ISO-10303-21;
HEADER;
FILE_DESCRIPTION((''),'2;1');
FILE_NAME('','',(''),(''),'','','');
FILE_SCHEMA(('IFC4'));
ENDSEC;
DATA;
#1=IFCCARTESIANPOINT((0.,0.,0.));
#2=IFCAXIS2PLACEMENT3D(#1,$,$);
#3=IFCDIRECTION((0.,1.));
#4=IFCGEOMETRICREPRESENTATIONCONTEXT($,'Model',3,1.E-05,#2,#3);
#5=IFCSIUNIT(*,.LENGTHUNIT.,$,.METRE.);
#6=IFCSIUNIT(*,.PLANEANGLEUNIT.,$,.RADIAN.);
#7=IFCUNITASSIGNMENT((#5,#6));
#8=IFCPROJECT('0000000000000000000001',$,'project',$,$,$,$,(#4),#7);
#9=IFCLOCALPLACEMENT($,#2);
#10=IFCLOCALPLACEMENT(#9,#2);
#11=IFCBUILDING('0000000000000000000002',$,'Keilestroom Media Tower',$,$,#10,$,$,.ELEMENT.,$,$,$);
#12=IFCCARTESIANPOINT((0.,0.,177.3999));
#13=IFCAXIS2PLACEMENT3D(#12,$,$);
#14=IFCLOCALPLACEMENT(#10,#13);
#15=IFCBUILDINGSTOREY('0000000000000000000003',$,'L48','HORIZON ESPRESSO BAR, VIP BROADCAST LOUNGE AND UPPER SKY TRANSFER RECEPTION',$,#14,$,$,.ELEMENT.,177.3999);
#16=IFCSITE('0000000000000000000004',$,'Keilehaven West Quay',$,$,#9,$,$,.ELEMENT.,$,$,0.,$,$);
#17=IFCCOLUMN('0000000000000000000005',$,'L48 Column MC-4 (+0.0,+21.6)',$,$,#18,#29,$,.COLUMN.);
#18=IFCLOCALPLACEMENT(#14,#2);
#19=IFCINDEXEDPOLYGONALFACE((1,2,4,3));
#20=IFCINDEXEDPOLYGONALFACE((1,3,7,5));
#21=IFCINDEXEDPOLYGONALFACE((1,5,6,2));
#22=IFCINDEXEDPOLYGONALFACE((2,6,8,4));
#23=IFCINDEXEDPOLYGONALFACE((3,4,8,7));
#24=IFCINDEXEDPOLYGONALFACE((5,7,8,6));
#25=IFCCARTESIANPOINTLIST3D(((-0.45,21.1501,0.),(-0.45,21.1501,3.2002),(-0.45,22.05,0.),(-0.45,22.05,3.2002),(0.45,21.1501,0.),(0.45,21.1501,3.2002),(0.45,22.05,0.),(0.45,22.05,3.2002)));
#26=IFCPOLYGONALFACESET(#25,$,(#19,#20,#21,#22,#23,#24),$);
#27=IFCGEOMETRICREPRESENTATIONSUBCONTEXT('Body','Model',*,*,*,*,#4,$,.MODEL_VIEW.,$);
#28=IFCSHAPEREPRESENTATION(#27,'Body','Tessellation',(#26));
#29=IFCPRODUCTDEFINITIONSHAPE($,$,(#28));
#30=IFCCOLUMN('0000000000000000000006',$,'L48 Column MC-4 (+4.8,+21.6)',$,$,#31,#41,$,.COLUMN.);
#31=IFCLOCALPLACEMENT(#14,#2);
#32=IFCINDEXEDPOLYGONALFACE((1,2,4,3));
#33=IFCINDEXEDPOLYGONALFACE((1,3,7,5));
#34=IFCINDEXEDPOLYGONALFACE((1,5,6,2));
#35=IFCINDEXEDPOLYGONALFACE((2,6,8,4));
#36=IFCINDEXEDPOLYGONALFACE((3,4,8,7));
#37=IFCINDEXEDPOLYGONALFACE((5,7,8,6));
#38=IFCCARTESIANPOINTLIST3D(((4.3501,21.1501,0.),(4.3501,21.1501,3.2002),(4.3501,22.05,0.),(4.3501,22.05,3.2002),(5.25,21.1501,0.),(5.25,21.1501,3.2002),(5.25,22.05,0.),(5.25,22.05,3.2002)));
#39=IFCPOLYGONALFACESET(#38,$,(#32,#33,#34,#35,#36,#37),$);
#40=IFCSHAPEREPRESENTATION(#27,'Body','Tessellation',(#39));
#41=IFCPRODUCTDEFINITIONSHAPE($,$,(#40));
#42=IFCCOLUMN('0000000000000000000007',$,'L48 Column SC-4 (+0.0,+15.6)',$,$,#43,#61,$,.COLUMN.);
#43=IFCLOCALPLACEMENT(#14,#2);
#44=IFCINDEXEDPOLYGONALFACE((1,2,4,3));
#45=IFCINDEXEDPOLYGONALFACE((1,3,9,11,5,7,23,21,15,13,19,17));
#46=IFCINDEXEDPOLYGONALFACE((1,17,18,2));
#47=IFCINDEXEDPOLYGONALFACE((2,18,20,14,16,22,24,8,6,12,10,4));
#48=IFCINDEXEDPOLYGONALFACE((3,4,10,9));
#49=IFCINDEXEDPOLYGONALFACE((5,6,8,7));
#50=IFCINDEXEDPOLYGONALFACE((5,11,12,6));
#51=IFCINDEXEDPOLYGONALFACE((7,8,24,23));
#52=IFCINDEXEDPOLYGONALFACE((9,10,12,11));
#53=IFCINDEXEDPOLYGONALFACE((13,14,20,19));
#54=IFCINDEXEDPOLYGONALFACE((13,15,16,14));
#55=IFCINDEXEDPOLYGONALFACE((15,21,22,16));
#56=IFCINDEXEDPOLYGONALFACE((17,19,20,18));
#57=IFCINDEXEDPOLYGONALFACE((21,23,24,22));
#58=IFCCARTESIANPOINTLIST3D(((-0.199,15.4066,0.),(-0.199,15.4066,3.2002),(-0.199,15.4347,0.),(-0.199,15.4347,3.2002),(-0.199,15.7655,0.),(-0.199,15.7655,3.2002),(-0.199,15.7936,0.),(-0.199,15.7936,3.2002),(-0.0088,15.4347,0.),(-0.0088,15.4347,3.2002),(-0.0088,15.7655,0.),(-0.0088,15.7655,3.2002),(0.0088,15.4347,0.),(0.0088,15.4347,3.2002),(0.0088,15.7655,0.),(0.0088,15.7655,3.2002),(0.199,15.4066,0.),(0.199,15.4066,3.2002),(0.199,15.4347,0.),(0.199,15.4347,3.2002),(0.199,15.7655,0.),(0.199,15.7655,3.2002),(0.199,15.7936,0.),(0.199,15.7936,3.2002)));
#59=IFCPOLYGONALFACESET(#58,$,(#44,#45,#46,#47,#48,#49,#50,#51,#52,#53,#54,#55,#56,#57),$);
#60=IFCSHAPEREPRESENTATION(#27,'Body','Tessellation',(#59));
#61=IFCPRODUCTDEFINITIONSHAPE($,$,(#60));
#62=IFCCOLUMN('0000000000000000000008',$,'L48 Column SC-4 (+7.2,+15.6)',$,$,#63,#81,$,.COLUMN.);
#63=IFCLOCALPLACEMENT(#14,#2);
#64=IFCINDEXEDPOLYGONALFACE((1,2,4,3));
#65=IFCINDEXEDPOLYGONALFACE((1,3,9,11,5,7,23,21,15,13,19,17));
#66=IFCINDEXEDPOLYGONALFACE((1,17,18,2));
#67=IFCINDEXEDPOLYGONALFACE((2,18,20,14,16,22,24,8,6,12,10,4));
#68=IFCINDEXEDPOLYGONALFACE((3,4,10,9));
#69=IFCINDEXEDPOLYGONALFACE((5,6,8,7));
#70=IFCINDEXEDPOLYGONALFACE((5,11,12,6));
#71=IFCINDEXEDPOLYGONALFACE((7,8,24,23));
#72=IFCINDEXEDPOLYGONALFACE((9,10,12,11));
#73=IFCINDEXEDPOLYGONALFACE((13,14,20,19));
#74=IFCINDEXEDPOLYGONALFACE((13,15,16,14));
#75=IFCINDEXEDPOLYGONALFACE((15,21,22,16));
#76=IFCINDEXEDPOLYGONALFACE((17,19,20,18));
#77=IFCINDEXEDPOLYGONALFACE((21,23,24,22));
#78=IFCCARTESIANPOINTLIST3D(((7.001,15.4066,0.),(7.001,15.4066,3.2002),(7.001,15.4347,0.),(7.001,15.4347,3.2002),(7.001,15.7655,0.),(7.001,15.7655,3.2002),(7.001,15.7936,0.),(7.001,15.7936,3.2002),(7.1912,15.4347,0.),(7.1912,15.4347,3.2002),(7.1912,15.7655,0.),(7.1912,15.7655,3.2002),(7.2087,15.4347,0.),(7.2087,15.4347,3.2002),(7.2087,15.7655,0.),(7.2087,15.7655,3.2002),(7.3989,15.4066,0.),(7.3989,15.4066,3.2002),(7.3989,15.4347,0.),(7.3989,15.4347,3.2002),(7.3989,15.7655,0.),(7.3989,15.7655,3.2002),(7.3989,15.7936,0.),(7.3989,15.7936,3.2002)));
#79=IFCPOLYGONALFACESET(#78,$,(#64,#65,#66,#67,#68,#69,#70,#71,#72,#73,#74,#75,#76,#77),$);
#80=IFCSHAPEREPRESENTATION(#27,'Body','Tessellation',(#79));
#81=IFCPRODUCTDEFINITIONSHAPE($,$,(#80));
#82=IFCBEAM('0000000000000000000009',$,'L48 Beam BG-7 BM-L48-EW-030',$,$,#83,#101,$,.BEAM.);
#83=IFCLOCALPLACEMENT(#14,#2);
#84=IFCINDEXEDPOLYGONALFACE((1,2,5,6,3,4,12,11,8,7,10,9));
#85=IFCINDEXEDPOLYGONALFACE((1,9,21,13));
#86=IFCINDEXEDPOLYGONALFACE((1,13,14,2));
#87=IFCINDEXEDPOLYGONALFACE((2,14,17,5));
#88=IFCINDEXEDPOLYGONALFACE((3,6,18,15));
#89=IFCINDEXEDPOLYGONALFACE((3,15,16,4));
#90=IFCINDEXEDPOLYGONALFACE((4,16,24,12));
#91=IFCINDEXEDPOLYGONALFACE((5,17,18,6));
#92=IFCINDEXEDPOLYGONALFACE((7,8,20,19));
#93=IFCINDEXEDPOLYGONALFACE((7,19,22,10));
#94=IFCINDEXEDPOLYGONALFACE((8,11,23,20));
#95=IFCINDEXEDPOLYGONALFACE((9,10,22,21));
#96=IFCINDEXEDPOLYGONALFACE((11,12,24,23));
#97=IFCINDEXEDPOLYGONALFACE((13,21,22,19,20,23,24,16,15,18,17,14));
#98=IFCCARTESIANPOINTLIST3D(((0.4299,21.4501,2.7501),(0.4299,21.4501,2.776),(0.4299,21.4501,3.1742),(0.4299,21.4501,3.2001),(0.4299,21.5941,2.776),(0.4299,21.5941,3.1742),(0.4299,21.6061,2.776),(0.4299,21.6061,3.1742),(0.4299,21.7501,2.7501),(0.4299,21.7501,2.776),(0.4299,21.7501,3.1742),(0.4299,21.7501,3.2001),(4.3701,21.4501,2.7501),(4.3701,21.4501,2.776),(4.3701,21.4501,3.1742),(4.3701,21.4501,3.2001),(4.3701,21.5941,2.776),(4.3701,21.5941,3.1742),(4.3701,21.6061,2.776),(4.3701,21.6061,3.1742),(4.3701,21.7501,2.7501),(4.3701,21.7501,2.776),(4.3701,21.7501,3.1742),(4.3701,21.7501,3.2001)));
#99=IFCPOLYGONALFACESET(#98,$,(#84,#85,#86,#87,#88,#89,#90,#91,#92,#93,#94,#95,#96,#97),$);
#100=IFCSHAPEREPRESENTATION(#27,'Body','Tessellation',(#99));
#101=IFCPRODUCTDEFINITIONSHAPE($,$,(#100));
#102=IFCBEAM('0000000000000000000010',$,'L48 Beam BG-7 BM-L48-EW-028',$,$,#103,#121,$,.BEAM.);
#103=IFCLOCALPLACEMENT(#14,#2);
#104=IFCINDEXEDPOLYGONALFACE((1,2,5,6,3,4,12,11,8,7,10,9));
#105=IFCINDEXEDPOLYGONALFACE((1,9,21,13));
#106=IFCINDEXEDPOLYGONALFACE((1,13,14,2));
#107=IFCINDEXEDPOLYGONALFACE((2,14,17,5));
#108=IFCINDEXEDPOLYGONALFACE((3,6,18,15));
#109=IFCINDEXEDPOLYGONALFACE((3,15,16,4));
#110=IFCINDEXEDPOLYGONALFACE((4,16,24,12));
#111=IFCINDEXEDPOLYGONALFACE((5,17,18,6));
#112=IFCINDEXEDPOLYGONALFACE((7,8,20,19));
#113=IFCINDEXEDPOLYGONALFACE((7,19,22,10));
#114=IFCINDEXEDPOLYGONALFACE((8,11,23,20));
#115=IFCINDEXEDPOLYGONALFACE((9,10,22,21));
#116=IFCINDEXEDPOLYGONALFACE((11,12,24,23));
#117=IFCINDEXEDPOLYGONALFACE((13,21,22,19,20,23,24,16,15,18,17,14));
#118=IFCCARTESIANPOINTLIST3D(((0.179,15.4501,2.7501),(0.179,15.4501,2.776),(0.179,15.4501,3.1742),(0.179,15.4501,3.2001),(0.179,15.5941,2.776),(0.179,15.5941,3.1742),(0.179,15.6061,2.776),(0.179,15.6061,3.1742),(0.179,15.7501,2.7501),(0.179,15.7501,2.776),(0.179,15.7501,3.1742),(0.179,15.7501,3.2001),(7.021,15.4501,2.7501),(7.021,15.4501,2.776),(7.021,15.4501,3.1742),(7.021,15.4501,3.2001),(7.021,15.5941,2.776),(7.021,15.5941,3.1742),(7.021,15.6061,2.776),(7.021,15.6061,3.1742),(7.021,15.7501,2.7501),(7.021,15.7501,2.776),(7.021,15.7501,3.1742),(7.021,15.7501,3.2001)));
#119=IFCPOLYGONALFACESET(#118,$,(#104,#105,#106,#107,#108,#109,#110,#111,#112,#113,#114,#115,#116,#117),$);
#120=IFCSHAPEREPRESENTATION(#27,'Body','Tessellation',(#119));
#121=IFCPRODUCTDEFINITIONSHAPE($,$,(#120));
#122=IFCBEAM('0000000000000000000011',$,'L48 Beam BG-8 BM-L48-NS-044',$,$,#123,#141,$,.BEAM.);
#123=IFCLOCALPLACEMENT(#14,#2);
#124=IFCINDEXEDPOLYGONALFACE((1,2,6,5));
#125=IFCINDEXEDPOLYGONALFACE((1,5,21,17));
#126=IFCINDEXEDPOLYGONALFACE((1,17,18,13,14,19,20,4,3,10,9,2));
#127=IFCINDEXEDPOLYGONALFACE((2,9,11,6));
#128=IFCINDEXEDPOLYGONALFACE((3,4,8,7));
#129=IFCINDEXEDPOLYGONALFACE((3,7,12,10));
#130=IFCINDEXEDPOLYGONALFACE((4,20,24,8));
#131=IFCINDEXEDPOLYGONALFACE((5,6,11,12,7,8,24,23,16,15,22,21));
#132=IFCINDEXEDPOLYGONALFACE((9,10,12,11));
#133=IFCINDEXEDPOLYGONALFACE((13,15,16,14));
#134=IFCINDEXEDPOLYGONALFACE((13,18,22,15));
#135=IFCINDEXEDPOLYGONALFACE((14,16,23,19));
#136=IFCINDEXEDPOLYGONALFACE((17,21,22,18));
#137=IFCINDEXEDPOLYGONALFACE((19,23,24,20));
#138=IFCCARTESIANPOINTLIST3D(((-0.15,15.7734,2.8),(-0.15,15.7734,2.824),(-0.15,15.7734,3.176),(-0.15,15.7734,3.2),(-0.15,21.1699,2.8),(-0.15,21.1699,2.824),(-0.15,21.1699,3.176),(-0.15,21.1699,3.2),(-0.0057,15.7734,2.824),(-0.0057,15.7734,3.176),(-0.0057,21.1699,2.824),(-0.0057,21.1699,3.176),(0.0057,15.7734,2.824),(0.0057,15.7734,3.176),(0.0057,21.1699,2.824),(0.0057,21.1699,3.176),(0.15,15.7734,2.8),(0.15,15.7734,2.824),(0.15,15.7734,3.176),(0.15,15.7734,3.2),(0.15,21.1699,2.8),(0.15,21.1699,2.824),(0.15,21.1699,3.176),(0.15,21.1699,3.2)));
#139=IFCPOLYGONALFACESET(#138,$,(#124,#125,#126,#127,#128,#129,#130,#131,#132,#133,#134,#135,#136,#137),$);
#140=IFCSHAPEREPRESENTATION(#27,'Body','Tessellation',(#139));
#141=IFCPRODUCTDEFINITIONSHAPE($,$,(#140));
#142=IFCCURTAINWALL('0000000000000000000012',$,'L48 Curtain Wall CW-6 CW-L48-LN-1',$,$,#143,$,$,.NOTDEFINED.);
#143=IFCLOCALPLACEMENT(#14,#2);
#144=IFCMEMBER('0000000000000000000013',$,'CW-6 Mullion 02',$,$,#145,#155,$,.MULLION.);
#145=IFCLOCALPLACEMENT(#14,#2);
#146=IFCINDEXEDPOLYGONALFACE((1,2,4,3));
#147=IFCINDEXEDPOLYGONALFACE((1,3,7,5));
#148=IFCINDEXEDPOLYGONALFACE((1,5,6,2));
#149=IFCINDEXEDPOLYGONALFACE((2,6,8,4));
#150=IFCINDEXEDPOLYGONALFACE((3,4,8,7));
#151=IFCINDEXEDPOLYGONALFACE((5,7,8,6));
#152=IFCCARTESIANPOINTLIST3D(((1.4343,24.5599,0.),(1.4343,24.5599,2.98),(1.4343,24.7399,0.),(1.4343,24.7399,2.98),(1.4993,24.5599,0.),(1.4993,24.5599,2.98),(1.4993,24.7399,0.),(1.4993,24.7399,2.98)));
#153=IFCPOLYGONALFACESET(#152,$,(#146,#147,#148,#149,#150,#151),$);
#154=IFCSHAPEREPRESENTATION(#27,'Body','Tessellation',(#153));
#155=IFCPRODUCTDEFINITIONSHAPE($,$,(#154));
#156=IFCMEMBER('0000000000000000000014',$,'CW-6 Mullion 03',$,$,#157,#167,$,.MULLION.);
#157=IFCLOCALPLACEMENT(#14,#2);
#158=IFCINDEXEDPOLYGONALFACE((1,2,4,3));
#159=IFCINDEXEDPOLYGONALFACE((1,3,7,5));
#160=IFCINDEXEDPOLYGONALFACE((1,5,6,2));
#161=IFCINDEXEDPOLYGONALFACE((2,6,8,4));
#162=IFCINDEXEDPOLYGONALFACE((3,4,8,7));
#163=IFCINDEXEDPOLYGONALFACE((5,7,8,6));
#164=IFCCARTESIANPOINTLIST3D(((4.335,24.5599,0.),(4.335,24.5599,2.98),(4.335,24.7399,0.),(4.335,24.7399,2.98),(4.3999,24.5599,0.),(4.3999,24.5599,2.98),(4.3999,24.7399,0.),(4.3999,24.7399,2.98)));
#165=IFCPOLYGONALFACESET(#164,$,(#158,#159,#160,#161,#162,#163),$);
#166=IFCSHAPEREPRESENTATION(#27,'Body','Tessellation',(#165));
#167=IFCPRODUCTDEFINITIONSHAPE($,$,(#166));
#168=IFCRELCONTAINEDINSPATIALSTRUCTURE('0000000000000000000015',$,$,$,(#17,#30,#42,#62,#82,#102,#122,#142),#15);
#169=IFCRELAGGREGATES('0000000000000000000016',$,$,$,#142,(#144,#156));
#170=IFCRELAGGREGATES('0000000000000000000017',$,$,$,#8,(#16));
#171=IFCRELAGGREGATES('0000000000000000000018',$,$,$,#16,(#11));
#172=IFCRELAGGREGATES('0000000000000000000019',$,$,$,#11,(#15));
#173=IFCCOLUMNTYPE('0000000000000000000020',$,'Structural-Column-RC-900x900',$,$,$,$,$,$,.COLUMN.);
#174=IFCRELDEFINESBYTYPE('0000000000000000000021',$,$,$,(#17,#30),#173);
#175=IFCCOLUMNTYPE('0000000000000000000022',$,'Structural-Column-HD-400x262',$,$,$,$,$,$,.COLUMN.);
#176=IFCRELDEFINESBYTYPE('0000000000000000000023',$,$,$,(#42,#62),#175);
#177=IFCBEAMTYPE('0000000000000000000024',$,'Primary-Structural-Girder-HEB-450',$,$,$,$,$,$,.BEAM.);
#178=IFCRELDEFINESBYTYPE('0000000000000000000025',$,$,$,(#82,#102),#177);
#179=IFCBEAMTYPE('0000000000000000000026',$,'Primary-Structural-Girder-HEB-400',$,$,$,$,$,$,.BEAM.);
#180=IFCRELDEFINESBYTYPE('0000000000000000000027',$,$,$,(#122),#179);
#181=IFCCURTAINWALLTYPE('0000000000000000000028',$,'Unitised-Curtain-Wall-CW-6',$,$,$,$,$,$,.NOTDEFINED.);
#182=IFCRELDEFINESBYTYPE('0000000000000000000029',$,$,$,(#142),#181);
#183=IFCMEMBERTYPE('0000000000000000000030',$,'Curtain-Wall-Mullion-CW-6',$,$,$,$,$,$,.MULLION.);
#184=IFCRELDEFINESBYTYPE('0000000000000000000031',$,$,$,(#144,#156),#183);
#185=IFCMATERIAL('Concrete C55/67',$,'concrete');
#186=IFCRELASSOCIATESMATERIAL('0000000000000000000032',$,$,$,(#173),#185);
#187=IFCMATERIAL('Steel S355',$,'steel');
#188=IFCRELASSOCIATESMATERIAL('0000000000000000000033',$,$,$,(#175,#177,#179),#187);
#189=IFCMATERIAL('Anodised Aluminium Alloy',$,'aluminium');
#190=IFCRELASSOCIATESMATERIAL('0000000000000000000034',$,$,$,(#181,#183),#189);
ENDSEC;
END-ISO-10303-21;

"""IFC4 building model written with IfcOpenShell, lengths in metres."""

from ifc_helpers import new_model, si_unit, direction, frame, origin, origin_2d, place, context, subcontext, project, spatial, rectangle, i_section, extrude, source, transform, mapped, material, material_profile, profile_set, type_object, element, aggregate, save


model = new_model("IFC4")

# Units and contexts
model_context = context("Model", 3, precision=1e-05, world=origin(), true_north=direction((0.0, 1.0)))
body_context = subcontext(model_context, "Body", "Model", "MODEL_VIEW")
ifc_project = project(units=[si_unit("LENGTHUNIT", "METRE"), si_unit("PLANEANGLEUNIT", "RADIAN")], contexts=[model_context])

# Site, building, storey
site_placement = place(None, origin())
site = spatial("IfcSite", under=ifc_project, at=site_placement, Name="Keilehaven West Quay", CompositionType="ELEMENT", RefElevation=0.0)
building_placement = place(site_placement, origin())
building = spatial("IfcBuilding", under=site, at=building_placement, Name="Keilestroom Media Tower", CompositionType="ELEMENT")
storey_placement = place(building_placement, frame((0.0, 0.0, 177.3999)))
storey = spatial("IfcBuildingStorey", under=building, at=storey_placement, Name="L48", Description="HORIZON ESPRESSO BAR, VIP BROADCAST LOUNGE AND UPPER SKY TRANSFER RECEPTION", CompositionType="ELEMENT", Elevation=177.3999)

# Columns
ifc_material_1 = material(Name="Concrete C55/67", Category="concrete")
ifc_material_profile_1 = material_profile(ifc_material_1, rectangle(XDim=0.8999, YDim=0.8999, at=origin_2d()), Name="RC 900x900")
ifc_profile_set_1 = profile_set([ifc_material_profile_1], Name="Concrete C55/67")
column_type_1 = type_object("IfcColumnType", Name="Structural-Column-RC-900x900", PredefinedType="COLUMN", material=ifc_profile_set_1)
shared_shape_1 = source(origin(), body_context, "Body", "SweptSolid", [
    extrude(rectangle(XDim=0.8999, YDim=0.8999, at=origin_2d()), origin(), (0.0, 0.0, 1.0), 3.2002),
])
for number, where, z_axis, x_axis, name in (
    (1, (0.0, 21.6001, 0.0), (0.0, 0.0, 1.0), (1.0, 0.0, 0.0), "L48 Column MC-4 (+0.0,+21.6)"),
    (2, (4.8, 21.6001, 0.0), (0.0, 0.0, 1.0), (1.0, 0.0, 0.0), "L48 Column MC-4 (+4.8,+21.6)"),
):
    element("IfcColumn", number, at=place(storey_placement, frame(where, z_axis=z_axis, x_axis=x_axis)), inside=storey, type_object=column_type_1, Name=name, PredefinedType="COLUMN", context=body_context, shape_type="MappedRepresentation", body=[
        mapped(shared_shape_1, transform((0.0, 0.0, 0.0), x_axis=(1.0, 0.0, 0.0), y_axis=(0.0, 1.0, 0.0), z_axis=(0.0, 0.0, 1.0), scale=1.0)),
    ])
ifc_material_2 = material(Name="Steel S355", Category="steel")
ifc_material_profile_2 = material_profile(ifc_material_2, i_section(OverallWidth=0.3979, OverallDepth=0.387, WebThickness=0.0176, FlangeThickness=0.0281, at=origin_2d()), Name="HD 400x262")
ifc_profile_set_2 = profile_set([ifc_material_profile_2], Name="Steel S355")
column_type_2 = type_object("IfcColumnType", Name="Structural-Column-HD-400x262", PredefinedType="COLUMN", material=ifc_profile_set_2)
shared_shape_2 = source(origin(), body_context, "Body", "SweptSolid", [
    extrude(i_section(OverallWidth=0.3979, OverallDepth=0.387, WebThickness=0.0176, FlangeThickness=0.0281, at=origin_2d()), origin(), (0.0, 0.0, 1.0), 3.2002),
])
for number, where, z_axis, x_axis, name in (
    (3, (0.0, 15.6001, 0.0), (0.0, 0.0, 1.0), (1.0, 0.0, 0.0), "L48 Column SC-4 (+0.0,+15.6)"),
    (4, (7.2, 15.6001, 0.0), (0.0, 0.0, 1.0), (1.0, 0.0, 0.0), "L48 Column SC-4 (+7.2,+15.6)"),
):
    element("IfcColumn", number, at=place(storey_placement, frame(where, z_axis=z_axis, x_axis=x_axis)), inside=storey, type_object=column_type_2, Name=name, PredefinedType="COLUMN", context=body_context, shape_type="MappedRepresentation", body=[
        mapped(shared_shape_2, transform((0.0, 0.0, 0.0), x_axis=(1.0, 0.0, 0.0), y_axis=(0.0, 1.0, 0.0), z_axis=(0.0, 0.0, 1.0), scale=1.0)),
    ])

# Beams
ifc_material_profile_3 = material_profile(ifc_material_2, i_section(OverallWidth=0.3, OverallDepth=0.45, WebThickness=0.012, FlangeThickness=0.0259, at=origin_2d()), Name="HEB 450")
ifc_profile_set_3 = profile_set([ifc_material_profile_3], Name="Steel S355")
beam_type_1 = type_object("IfcBeamType", Name="Primary-Structural-Girder-HEB-450", PredefinedType="BEAM", material=ifc_profile_set_3)
shared_shape_3 = source(origin(), body_context, "Body", "SweptSolid", [
    extrude(i_section(OverallWidth=0.3, OverallDepth=0.45, WebThickness=0.012, FlangeThickness=0.0259, at=origin_2d()), origin(), (0.0, 0.0, 1.0), 3.9402),
])
beam_1_placement = place(storey_placement, frame((0.4299, 21.6001, 2.9751), z_axis=(1.0, 0.0, 0.0), x_axis=(0.0, 1.0, 0.0)))
element("IfcBeam", 5, at=beam_1_placement, inside=storey, type_object=beam_type_1, Name="L48 Beam BG-7 BM-L48-EW-030", PredefinedType="BEAM", context=body_context, shape_type="MappedRepresentation", body=[
    mapped(shared_shape_3, transform((0.0, 0.0, 0.0), x_axis=(1.0, 0.0, 0.0), y_axis=(0.0, 1.0, 0.0), z_axis=(0.0, 0.0, 1.0), scale=1.0)),
])
shared_shape_4 = source(origin(), body_context, "Body", "SweptSolid", [
    extrude(i_section(OverallWidth=0.3, OverallDepth=0.45, WebThickness=0.012, FlangeThickness=0.0259, at=origin_2d()), origin(), (0.0, 0.0, 1.0), 6.842),
])
beam_2_placement = place(storey_placement, frame((0.179, 15.6001, 2.9751), z_axis=(1.0, 0.0, 0.0), x_axis=(0.0, 1.0, 0.0)))
element("IfcBeam", 6, at=beam_2_placement, inside=storey, type_object=beam_type_1, Name="L48 Beam BG-7 BM-L48-EW-028", PredefinedType="BEAM", context=body_context, shape_type="MappedRepresentation", body=[
    mapped(shared_shape_4, transform((0.0, 0.0, 0.0), x_axis=(1.0, 0.0, 0.0), y_axis=(0.0, 1.0, 0.0), z_axis=(0.0, 0.0, 1.0), scale=1.0)),
])
ifc_material_profile_4 = material_profile(ifc_material_2, i_section(OverallWidth=0.3, OverallDepth=0.3999, WebThickness=0.0115, FlangeThickness=0.0239, at=origin_2d()), Name="HEB 400")
ifc_profile_set_4 = profile_set([ifc_material_profile_4], Name="Steel S355")
beam_type_2 = type_object("IfcBeamType", Name="Primary-Structural-Girder-HEB-400", PredefinedType="BEAM", material=ifc_profile_set_4)
shared_shape_5 = source(origin(), body_context, "Body", "SweptSolid", [
    extrude(i_section(OverallWidth=0.3, OverallDepth=0.3999, WebThickness=0.0115, FlangeThickness=0.0239, at=origin_2d()), origin(), (0.0, 0.0, 1.0), 5.3965),
])
beam_3_placement = place(storey_placement, frame((0.0, 15.7734, 3.0), z_axis=(0.0, 1.0, 0.0), x_axis=(-1.0, 0.0, 0.0)))
element("IfcBeam", 7, at=beam_3_placement, inside=storey, type_object=beam_type_2, Name="L48 Beam BG-8 BM-L48-NS-044", PredefinedType="BEAM", context=body_context, shape_type="MappedRepresentation", body=[
    mapped(shared_shape_5, transform((0.0, 0.0, 0.0), x_axis=(1.0, 0.0, 0.0), y_axis=(0.0, 1.0, 0.0), z_axis=(0.0, 0.0, 1.0), scale=1.0)),
])

# Curtain wall, members
ifc_material_3 = material(Name="Anodised Aluminium Alloy", Category="aluminium")
curtain_wall_type = type_object("IfcCurtainWallType", Name="Unitised-Curtain-Wall-CW-6", PredefinedType="NOTDEFINED", material=ifc_material_3)
curtain_wall_placement = place(storey_placement, origin())
curtain_wall = element("IfcCurtainWall", 8, at=curtain_wall_placement, inside=storey, type_object=curtain_wall_type, Name="L48 Curtain Wall CW-6 CW-L48-LN-1", PredefinedType="NOTDEFINED")
ifc_material_profile_5 = material_profile(ifc_material_3, rectangle(XDim=0.0649, YDim=0.1799, at=origin_2d()), Name="ALU MULLION 65x180")
ifc_profile_set_5 = profile_set([ifc_material_profile_5], Name="Anodised Aluminium Alloy")
member_type_1 = type_object("IfcMemberType", Name="Curtain-Wall-Mullion-CW-6", PredefinedType="MULLION", material=ifc_profile_set_5)
shared_shape_6 = source(origin(), body_context, "Body", "SweptSolid", [
    extrude(rectangle(XDim=0.0649, YDim=0.1799, at=origin_2d()), origin(), (0.0, 0.0, 1.0), 2.98),
])
member_1_placement = place(storey_placement, frame((1.4668, 24.6499, 0.0), z_axis=(0.0, 0.0, 1.0), x_axis=(1.0, 0.0, 0.0)))
member_1 = element("IfcMember", 9, at=member_1_placement, type_object=member_type_1, Name="CW-6 Mullion 02", PredefinedType="MULLION", context=body_context, shape_type="MappedRepresentation", body=[
    mapped(shared_shape_6, transform((0.0, 0.0, 0.0), x_axis=(1.0, 0.0, 0.0), y_axis=(0.0, 1.0, 0.0), z_axis=(0.0, 0.0, 1.0), scale=1.0)),
])
member_2_placement = place(storey_placement, frame((4.3674, 24.6499, 0.0), z_axis=(0.0, 0.0, 1.0), x_axis=(1.0, 0.0, 0.0)))
member_2 = element("IfcMember", 10, at=member_2_placement, type_object=member_type_1, Name="CW-6 Mullion 03", PredefinedType="MULLION", context=body_context, shape_type="MappedRepresentation", body=[
    mapped(shared_shape_6, transform((0.0, 0.0, 0.0), x_axis=(1.0, 0.0, 0.0), y_axis=(0.0, 1.0, 0.0), z_axis=(0.0, 0.0, 1.0), scale=1.0)),
])
aggregate(curtain_wall, [member_1, member_2])

save(model, "model.ifc")
